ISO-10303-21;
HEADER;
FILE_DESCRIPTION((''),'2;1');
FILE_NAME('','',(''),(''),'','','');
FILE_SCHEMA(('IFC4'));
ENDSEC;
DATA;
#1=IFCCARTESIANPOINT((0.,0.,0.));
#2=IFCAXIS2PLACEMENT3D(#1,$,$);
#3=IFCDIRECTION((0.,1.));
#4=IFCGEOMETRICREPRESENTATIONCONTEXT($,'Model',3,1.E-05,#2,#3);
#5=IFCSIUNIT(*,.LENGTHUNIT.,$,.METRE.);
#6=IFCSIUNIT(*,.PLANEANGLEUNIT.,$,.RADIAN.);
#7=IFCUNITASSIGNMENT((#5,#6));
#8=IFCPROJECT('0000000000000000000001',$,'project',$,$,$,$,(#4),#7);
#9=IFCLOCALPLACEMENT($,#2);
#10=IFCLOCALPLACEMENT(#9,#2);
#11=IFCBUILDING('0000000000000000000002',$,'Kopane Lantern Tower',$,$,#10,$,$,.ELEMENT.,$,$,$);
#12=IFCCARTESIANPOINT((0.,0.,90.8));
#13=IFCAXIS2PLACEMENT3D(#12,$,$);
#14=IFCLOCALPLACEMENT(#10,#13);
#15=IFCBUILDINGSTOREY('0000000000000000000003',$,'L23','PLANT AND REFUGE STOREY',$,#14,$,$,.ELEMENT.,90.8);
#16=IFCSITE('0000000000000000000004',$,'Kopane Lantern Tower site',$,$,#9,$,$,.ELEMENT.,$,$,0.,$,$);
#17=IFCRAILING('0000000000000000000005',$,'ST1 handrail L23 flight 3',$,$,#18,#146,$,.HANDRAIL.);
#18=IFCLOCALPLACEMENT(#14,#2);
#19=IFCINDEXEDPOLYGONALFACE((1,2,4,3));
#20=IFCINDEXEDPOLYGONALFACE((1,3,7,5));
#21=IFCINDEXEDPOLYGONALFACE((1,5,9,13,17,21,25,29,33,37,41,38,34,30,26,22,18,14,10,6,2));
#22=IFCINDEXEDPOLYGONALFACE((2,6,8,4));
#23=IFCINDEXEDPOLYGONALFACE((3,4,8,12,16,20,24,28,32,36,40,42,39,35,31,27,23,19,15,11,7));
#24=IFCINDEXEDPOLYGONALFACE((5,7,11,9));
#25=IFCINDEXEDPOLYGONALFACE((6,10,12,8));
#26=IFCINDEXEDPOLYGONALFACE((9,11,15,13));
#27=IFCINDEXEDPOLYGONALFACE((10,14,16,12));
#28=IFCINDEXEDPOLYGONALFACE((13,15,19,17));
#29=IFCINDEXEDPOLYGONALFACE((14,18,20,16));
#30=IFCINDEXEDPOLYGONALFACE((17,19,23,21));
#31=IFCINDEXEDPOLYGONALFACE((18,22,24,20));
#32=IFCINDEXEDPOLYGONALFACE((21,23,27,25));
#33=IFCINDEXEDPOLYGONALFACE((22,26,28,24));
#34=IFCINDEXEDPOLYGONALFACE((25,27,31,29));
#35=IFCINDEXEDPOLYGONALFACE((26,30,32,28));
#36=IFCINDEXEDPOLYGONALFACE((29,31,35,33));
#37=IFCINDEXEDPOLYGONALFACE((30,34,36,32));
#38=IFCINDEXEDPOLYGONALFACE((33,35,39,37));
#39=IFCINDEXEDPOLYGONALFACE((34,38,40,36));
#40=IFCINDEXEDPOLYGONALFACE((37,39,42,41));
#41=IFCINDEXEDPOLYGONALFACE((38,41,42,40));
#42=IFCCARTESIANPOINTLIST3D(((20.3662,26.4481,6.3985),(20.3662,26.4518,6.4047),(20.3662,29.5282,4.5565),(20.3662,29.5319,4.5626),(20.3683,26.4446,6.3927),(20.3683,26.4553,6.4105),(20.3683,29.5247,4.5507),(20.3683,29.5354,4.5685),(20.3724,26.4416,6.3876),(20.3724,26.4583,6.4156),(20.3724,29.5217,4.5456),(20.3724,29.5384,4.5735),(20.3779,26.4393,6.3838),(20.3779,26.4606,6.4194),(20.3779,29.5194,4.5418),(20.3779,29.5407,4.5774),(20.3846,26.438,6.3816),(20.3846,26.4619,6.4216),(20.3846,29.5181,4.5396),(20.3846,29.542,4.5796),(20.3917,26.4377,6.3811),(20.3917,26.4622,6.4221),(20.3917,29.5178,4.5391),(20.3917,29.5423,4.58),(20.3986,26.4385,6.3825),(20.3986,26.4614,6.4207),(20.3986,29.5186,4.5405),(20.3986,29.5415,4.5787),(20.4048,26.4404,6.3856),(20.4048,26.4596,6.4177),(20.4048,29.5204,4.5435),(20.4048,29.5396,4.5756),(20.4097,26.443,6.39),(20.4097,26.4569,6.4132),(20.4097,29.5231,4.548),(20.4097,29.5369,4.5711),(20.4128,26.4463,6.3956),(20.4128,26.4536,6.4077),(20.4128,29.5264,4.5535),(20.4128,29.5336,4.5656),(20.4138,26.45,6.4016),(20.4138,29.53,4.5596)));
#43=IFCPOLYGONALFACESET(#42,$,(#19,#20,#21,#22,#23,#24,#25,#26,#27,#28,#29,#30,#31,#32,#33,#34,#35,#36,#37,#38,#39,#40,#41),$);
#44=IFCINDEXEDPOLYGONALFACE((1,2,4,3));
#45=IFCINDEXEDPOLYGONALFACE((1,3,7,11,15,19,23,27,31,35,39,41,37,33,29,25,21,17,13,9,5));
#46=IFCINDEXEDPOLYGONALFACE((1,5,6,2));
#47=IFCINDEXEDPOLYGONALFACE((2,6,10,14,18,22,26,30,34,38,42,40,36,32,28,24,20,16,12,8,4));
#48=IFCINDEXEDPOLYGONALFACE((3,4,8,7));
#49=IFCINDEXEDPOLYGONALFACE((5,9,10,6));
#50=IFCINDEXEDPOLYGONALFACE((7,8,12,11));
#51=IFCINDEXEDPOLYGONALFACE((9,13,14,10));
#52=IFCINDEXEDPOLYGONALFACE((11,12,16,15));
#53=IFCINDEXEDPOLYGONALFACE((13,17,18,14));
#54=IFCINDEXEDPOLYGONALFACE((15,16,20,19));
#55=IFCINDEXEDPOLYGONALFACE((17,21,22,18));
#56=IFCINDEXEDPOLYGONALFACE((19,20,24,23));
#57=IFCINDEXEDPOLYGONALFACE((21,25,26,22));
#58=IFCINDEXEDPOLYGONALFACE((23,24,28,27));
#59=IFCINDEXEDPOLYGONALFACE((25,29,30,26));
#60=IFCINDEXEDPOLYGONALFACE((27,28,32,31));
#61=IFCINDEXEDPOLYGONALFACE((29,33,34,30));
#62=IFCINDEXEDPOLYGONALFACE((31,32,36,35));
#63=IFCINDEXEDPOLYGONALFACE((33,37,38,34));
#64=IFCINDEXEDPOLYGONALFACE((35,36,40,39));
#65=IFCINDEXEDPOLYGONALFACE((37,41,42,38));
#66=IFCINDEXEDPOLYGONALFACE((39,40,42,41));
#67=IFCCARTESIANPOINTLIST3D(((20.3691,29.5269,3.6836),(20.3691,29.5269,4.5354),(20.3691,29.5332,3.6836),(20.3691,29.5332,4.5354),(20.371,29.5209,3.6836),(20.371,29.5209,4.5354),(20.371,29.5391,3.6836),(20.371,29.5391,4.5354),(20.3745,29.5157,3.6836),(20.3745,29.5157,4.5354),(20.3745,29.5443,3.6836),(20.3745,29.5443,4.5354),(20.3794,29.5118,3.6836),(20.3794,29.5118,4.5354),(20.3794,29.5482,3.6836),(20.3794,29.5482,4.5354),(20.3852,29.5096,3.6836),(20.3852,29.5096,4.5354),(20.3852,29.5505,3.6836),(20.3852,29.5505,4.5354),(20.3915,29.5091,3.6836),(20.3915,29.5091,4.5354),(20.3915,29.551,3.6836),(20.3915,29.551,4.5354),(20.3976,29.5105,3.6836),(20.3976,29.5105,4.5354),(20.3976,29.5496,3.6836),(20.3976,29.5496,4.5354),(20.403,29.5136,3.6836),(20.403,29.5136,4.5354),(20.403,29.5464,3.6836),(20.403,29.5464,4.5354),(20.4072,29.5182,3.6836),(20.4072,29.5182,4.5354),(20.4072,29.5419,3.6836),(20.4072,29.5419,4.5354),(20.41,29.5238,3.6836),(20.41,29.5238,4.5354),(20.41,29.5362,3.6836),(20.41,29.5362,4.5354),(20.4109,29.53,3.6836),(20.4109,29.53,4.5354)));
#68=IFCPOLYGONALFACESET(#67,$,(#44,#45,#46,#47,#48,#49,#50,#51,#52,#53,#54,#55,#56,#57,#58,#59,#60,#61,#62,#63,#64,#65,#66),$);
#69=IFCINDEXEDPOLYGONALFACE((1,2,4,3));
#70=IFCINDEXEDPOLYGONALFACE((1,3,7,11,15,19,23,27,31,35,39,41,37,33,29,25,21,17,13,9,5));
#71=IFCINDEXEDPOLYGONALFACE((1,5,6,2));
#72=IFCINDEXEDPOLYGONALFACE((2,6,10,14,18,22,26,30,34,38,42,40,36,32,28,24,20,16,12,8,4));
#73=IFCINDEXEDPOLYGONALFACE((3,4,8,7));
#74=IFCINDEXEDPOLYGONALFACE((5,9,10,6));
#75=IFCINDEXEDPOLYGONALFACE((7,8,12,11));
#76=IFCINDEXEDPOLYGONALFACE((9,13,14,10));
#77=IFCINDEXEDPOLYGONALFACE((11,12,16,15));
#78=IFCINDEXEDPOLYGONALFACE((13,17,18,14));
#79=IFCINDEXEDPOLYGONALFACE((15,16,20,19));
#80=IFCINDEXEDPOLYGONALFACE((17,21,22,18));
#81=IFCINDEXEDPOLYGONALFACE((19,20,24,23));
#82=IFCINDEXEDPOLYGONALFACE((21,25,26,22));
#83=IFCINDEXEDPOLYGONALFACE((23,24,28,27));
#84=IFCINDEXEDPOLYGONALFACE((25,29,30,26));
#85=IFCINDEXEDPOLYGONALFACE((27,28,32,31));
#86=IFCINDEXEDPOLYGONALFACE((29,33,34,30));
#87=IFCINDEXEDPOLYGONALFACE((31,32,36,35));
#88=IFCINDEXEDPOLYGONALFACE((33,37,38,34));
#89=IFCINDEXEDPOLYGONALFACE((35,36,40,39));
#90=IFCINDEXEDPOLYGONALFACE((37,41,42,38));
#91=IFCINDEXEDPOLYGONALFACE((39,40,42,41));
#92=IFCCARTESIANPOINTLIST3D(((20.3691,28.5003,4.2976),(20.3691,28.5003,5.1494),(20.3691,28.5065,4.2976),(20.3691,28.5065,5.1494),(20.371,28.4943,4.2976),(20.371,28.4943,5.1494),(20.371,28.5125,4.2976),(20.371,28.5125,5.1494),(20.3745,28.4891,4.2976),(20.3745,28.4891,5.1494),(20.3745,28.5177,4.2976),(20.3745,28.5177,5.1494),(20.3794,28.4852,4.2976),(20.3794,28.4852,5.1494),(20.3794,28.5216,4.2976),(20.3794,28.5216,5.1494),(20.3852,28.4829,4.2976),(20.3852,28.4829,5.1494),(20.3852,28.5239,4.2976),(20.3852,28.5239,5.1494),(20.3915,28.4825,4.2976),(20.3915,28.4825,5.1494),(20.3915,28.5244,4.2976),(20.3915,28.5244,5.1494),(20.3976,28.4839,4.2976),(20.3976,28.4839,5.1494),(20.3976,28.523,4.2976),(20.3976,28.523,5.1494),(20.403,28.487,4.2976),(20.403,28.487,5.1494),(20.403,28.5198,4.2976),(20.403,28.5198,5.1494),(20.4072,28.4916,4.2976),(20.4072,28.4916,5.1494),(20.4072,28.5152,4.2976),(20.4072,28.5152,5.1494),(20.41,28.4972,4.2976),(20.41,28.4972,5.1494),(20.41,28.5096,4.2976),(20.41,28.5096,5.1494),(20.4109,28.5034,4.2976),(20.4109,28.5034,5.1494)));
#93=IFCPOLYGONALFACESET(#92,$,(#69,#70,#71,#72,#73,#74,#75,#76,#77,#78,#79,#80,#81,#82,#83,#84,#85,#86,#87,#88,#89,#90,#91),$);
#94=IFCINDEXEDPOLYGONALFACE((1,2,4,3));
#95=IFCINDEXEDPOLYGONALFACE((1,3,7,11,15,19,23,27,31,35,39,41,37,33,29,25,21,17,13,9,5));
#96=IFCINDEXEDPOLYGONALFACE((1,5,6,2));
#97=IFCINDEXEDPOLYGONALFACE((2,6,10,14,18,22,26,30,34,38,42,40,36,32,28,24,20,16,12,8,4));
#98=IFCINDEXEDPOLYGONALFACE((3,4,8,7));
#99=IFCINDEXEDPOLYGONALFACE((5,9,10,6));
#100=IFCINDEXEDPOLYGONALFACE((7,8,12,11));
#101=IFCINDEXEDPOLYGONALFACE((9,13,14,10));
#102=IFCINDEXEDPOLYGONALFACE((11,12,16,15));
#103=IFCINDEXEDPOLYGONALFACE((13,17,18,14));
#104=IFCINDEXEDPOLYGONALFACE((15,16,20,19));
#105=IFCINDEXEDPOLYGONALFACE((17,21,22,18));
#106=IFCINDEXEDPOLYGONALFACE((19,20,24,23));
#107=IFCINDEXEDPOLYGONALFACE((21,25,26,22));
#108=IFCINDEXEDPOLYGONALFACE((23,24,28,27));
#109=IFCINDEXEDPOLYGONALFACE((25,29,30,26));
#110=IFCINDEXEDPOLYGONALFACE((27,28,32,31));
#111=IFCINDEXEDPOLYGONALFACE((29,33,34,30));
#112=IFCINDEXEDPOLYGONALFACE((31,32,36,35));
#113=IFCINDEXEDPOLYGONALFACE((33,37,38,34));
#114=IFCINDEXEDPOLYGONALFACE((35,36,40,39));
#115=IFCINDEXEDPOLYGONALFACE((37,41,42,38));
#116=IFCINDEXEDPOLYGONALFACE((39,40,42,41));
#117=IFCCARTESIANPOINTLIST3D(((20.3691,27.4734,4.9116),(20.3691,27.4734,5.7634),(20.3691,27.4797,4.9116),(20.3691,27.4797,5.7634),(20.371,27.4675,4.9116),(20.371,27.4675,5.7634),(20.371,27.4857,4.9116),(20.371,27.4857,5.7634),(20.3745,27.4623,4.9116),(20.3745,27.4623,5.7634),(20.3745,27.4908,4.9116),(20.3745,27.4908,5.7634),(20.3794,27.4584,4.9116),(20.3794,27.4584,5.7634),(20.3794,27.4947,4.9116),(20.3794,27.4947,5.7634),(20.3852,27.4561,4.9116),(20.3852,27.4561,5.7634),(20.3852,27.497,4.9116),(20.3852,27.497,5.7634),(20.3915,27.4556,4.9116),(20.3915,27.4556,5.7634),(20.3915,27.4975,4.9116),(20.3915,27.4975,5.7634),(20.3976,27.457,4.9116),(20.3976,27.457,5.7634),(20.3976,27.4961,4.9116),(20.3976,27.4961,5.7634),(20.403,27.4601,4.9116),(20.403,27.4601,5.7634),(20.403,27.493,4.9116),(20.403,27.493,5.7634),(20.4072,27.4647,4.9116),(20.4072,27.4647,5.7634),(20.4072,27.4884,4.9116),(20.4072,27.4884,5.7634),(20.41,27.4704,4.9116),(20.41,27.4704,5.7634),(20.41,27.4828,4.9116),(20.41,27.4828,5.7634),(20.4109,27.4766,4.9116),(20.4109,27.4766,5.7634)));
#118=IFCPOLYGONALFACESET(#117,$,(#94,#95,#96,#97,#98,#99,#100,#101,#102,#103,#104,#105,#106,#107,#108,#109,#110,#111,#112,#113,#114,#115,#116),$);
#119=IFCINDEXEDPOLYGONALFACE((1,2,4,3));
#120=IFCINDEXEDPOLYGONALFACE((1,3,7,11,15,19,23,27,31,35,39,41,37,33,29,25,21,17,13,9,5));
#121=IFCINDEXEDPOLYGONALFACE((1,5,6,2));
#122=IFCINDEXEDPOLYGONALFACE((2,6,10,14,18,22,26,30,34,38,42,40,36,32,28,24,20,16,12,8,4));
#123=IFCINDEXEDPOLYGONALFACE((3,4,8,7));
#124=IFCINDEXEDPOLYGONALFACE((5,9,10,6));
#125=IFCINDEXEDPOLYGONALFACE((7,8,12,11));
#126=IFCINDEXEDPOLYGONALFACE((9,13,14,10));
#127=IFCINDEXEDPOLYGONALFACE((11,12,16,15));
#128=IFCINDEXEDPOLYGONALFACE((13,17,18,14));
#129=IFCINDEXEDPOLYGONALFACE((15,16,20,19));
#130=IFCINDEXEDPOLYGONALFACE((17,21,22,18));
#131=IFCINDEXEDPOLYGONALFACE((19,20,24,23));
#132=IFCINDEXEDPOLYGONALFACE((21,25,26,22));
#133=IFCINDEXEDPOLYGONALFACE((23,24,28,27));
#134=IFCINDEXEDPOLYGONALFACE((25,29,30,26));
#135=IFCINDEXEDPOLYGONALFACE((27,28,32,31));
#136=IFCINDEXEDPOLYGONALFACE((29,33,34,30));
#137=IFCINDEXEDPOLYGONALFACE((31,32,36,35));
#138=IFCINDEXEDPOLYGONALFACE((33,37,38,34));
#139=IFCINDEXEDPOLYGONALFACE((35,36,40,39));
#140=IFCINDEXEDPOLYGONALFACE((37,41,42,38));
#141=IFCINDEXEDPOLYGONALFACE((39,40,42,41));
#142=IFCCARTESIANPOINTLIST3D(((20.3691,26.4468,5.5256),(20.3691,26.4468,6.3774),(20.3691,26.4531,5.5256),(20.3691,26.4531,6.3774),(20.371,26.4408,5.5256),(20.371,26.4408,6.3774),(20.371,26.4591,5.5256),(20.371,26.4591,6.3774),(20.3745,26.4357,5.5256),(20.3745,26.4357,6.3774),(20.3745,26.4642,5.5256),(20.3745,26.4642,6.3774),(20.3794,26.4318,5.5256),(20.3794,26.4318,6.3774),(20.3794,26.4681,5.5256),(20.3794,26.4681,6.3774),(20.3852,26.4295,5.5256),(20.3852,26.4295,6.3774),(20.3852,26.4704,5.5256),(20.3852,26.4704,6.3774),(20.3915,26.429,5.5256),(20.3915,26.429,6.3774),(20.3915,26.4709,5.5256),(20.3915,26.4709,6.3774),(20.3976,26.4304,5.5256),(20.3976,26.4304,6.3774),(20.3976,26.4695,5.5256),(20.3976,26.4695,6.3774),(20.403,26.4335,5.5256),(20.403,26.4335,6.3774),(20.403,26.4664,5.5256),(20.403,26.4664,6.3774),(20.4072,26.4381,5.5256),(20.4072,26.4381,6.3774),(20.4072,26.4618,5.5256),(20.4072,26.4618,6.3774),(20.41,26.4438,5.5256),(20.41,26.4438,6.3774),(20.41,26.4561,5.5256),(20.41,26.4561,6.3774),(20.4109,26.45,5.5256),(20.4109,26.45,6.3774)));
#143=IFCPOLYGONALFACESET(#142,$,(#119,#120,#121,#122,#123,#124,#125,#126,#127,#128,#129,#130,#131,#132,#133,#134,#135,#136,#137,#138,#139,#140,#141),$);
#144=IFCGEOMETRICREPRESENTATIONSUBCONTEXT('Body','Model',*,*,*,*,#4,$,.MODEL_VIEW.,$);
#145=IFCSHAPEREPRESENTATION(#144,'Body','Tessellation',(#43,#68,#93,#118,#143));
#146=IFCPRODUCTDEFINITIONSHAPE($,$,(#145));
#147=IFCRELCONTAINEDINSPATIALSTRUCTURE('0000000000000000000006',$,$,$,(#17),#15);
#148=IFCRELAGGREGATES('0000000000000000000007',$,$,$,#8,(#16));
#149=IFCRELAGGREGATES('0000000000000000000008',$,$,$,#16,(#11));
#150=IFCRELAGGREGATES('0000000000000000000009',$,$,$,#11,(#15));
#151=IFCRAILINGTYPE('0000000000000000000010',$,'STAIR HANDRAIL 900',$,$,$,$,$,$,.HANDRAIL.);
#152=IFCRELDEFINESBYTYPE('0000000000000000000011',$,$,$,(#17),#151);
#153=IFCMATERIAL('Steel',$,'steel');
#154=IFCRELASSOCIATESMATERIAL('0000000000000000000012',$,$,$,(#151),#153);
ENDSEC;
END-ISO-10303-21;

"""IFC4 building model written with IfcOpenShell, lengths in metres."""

from ifc_helpers import new_model, si_unit, direction, frame, origin, origin_2d, place, context, subcontext, project, spatial, circle, extrude, material, type_object, element, save


model = new_model("IFC4")

# Units and contexts
model_context = context("Model", 3, precision=1e-05, world=origin(), true_north=direction((0.0, 1.0)))
body_context = subcontext(model_context, "Body", "Model", "MODEL_VIEW")
ifc_project = project(units=[si_unit("LENGTHUNIT", "METRE"), si_unit("PLANEANGLEUNIT", "RADIAN")], contexts=[model_context])

# Site, building, storey
site_placement = place(None, origin())
site = spatial("IfcSite", under=ifc_project, at=site_placement, Name="Kopane Lantern Tower site", CompositionType="ELEMENT", RefElevation=0.0)
building_placement = place(site_placement, origin())
building = spatial("IfcBuilding", under=site, at=building_placement, Name="Kopane Lantern Tower", CompositionType="ELEMENT")
storey_placement = place(building_placement, frame((0.0, 0.0, 90.8)))
storey = spatial("IfcBuildingStorey", under=building, at=storey_placement, Name="L23", Description="PLANT AND REFUGE STOREY", CompositionType="ELEMENT", Elevation=90.8)

# Railing
ifc_material_1 = material(Name="Steel", Category="steel")
railing_type_1 = type_object("IfcRailingType", Name="STAIR HANDRAIL 900", PredefinedType="HANDRAIL", material=ifc_material_1)
for number, where, name in (
    (1, (20.3899, 29.53, 3.6836), "ST1 handrail L23 flight 3"),
):
    element("IfcRailing", number, at=place(storey_placement, frame(where)), inside=storey, type_object=railing_type_1, Name=name, PredefinedType="HANDRAIL", context=body_context, shape_type="SweptSolid", body=[
        extrude(circle(Radius=0.0239, at=origin_2d()), frame((0.0, 0.0, 0.876), z_axis=(0.0, -0.85823, 0.513265), x_axis=(1.0, 0.0, 0.0)), (0.0, 0.0, 1.0), 3.5889),
        extrude(circle(Radius=0.021, at=origin_2d()), origin(), (0.0, 0.0, 1.0), 0.8518),
        extrude(circle(Radius=0.021, at=origin_2d()), frame((0.0, -1.0266, 0.614)), (0.0, 0.0, 1.0), 0.8518),
        extrude(circle(Radius=0.021, at=origin_2d()), frame((0.0, -2.0535, 1.228)), (0.0, 0.0, 1.0), 0.8518),
        extrude(circle(Radius=0.021, at=origin_2d()), frame((0.0, -3.0801, 1.842)), (0.0, 0.0, 1.0), 0.8518),
    ])

save(model, "model.ifc")
